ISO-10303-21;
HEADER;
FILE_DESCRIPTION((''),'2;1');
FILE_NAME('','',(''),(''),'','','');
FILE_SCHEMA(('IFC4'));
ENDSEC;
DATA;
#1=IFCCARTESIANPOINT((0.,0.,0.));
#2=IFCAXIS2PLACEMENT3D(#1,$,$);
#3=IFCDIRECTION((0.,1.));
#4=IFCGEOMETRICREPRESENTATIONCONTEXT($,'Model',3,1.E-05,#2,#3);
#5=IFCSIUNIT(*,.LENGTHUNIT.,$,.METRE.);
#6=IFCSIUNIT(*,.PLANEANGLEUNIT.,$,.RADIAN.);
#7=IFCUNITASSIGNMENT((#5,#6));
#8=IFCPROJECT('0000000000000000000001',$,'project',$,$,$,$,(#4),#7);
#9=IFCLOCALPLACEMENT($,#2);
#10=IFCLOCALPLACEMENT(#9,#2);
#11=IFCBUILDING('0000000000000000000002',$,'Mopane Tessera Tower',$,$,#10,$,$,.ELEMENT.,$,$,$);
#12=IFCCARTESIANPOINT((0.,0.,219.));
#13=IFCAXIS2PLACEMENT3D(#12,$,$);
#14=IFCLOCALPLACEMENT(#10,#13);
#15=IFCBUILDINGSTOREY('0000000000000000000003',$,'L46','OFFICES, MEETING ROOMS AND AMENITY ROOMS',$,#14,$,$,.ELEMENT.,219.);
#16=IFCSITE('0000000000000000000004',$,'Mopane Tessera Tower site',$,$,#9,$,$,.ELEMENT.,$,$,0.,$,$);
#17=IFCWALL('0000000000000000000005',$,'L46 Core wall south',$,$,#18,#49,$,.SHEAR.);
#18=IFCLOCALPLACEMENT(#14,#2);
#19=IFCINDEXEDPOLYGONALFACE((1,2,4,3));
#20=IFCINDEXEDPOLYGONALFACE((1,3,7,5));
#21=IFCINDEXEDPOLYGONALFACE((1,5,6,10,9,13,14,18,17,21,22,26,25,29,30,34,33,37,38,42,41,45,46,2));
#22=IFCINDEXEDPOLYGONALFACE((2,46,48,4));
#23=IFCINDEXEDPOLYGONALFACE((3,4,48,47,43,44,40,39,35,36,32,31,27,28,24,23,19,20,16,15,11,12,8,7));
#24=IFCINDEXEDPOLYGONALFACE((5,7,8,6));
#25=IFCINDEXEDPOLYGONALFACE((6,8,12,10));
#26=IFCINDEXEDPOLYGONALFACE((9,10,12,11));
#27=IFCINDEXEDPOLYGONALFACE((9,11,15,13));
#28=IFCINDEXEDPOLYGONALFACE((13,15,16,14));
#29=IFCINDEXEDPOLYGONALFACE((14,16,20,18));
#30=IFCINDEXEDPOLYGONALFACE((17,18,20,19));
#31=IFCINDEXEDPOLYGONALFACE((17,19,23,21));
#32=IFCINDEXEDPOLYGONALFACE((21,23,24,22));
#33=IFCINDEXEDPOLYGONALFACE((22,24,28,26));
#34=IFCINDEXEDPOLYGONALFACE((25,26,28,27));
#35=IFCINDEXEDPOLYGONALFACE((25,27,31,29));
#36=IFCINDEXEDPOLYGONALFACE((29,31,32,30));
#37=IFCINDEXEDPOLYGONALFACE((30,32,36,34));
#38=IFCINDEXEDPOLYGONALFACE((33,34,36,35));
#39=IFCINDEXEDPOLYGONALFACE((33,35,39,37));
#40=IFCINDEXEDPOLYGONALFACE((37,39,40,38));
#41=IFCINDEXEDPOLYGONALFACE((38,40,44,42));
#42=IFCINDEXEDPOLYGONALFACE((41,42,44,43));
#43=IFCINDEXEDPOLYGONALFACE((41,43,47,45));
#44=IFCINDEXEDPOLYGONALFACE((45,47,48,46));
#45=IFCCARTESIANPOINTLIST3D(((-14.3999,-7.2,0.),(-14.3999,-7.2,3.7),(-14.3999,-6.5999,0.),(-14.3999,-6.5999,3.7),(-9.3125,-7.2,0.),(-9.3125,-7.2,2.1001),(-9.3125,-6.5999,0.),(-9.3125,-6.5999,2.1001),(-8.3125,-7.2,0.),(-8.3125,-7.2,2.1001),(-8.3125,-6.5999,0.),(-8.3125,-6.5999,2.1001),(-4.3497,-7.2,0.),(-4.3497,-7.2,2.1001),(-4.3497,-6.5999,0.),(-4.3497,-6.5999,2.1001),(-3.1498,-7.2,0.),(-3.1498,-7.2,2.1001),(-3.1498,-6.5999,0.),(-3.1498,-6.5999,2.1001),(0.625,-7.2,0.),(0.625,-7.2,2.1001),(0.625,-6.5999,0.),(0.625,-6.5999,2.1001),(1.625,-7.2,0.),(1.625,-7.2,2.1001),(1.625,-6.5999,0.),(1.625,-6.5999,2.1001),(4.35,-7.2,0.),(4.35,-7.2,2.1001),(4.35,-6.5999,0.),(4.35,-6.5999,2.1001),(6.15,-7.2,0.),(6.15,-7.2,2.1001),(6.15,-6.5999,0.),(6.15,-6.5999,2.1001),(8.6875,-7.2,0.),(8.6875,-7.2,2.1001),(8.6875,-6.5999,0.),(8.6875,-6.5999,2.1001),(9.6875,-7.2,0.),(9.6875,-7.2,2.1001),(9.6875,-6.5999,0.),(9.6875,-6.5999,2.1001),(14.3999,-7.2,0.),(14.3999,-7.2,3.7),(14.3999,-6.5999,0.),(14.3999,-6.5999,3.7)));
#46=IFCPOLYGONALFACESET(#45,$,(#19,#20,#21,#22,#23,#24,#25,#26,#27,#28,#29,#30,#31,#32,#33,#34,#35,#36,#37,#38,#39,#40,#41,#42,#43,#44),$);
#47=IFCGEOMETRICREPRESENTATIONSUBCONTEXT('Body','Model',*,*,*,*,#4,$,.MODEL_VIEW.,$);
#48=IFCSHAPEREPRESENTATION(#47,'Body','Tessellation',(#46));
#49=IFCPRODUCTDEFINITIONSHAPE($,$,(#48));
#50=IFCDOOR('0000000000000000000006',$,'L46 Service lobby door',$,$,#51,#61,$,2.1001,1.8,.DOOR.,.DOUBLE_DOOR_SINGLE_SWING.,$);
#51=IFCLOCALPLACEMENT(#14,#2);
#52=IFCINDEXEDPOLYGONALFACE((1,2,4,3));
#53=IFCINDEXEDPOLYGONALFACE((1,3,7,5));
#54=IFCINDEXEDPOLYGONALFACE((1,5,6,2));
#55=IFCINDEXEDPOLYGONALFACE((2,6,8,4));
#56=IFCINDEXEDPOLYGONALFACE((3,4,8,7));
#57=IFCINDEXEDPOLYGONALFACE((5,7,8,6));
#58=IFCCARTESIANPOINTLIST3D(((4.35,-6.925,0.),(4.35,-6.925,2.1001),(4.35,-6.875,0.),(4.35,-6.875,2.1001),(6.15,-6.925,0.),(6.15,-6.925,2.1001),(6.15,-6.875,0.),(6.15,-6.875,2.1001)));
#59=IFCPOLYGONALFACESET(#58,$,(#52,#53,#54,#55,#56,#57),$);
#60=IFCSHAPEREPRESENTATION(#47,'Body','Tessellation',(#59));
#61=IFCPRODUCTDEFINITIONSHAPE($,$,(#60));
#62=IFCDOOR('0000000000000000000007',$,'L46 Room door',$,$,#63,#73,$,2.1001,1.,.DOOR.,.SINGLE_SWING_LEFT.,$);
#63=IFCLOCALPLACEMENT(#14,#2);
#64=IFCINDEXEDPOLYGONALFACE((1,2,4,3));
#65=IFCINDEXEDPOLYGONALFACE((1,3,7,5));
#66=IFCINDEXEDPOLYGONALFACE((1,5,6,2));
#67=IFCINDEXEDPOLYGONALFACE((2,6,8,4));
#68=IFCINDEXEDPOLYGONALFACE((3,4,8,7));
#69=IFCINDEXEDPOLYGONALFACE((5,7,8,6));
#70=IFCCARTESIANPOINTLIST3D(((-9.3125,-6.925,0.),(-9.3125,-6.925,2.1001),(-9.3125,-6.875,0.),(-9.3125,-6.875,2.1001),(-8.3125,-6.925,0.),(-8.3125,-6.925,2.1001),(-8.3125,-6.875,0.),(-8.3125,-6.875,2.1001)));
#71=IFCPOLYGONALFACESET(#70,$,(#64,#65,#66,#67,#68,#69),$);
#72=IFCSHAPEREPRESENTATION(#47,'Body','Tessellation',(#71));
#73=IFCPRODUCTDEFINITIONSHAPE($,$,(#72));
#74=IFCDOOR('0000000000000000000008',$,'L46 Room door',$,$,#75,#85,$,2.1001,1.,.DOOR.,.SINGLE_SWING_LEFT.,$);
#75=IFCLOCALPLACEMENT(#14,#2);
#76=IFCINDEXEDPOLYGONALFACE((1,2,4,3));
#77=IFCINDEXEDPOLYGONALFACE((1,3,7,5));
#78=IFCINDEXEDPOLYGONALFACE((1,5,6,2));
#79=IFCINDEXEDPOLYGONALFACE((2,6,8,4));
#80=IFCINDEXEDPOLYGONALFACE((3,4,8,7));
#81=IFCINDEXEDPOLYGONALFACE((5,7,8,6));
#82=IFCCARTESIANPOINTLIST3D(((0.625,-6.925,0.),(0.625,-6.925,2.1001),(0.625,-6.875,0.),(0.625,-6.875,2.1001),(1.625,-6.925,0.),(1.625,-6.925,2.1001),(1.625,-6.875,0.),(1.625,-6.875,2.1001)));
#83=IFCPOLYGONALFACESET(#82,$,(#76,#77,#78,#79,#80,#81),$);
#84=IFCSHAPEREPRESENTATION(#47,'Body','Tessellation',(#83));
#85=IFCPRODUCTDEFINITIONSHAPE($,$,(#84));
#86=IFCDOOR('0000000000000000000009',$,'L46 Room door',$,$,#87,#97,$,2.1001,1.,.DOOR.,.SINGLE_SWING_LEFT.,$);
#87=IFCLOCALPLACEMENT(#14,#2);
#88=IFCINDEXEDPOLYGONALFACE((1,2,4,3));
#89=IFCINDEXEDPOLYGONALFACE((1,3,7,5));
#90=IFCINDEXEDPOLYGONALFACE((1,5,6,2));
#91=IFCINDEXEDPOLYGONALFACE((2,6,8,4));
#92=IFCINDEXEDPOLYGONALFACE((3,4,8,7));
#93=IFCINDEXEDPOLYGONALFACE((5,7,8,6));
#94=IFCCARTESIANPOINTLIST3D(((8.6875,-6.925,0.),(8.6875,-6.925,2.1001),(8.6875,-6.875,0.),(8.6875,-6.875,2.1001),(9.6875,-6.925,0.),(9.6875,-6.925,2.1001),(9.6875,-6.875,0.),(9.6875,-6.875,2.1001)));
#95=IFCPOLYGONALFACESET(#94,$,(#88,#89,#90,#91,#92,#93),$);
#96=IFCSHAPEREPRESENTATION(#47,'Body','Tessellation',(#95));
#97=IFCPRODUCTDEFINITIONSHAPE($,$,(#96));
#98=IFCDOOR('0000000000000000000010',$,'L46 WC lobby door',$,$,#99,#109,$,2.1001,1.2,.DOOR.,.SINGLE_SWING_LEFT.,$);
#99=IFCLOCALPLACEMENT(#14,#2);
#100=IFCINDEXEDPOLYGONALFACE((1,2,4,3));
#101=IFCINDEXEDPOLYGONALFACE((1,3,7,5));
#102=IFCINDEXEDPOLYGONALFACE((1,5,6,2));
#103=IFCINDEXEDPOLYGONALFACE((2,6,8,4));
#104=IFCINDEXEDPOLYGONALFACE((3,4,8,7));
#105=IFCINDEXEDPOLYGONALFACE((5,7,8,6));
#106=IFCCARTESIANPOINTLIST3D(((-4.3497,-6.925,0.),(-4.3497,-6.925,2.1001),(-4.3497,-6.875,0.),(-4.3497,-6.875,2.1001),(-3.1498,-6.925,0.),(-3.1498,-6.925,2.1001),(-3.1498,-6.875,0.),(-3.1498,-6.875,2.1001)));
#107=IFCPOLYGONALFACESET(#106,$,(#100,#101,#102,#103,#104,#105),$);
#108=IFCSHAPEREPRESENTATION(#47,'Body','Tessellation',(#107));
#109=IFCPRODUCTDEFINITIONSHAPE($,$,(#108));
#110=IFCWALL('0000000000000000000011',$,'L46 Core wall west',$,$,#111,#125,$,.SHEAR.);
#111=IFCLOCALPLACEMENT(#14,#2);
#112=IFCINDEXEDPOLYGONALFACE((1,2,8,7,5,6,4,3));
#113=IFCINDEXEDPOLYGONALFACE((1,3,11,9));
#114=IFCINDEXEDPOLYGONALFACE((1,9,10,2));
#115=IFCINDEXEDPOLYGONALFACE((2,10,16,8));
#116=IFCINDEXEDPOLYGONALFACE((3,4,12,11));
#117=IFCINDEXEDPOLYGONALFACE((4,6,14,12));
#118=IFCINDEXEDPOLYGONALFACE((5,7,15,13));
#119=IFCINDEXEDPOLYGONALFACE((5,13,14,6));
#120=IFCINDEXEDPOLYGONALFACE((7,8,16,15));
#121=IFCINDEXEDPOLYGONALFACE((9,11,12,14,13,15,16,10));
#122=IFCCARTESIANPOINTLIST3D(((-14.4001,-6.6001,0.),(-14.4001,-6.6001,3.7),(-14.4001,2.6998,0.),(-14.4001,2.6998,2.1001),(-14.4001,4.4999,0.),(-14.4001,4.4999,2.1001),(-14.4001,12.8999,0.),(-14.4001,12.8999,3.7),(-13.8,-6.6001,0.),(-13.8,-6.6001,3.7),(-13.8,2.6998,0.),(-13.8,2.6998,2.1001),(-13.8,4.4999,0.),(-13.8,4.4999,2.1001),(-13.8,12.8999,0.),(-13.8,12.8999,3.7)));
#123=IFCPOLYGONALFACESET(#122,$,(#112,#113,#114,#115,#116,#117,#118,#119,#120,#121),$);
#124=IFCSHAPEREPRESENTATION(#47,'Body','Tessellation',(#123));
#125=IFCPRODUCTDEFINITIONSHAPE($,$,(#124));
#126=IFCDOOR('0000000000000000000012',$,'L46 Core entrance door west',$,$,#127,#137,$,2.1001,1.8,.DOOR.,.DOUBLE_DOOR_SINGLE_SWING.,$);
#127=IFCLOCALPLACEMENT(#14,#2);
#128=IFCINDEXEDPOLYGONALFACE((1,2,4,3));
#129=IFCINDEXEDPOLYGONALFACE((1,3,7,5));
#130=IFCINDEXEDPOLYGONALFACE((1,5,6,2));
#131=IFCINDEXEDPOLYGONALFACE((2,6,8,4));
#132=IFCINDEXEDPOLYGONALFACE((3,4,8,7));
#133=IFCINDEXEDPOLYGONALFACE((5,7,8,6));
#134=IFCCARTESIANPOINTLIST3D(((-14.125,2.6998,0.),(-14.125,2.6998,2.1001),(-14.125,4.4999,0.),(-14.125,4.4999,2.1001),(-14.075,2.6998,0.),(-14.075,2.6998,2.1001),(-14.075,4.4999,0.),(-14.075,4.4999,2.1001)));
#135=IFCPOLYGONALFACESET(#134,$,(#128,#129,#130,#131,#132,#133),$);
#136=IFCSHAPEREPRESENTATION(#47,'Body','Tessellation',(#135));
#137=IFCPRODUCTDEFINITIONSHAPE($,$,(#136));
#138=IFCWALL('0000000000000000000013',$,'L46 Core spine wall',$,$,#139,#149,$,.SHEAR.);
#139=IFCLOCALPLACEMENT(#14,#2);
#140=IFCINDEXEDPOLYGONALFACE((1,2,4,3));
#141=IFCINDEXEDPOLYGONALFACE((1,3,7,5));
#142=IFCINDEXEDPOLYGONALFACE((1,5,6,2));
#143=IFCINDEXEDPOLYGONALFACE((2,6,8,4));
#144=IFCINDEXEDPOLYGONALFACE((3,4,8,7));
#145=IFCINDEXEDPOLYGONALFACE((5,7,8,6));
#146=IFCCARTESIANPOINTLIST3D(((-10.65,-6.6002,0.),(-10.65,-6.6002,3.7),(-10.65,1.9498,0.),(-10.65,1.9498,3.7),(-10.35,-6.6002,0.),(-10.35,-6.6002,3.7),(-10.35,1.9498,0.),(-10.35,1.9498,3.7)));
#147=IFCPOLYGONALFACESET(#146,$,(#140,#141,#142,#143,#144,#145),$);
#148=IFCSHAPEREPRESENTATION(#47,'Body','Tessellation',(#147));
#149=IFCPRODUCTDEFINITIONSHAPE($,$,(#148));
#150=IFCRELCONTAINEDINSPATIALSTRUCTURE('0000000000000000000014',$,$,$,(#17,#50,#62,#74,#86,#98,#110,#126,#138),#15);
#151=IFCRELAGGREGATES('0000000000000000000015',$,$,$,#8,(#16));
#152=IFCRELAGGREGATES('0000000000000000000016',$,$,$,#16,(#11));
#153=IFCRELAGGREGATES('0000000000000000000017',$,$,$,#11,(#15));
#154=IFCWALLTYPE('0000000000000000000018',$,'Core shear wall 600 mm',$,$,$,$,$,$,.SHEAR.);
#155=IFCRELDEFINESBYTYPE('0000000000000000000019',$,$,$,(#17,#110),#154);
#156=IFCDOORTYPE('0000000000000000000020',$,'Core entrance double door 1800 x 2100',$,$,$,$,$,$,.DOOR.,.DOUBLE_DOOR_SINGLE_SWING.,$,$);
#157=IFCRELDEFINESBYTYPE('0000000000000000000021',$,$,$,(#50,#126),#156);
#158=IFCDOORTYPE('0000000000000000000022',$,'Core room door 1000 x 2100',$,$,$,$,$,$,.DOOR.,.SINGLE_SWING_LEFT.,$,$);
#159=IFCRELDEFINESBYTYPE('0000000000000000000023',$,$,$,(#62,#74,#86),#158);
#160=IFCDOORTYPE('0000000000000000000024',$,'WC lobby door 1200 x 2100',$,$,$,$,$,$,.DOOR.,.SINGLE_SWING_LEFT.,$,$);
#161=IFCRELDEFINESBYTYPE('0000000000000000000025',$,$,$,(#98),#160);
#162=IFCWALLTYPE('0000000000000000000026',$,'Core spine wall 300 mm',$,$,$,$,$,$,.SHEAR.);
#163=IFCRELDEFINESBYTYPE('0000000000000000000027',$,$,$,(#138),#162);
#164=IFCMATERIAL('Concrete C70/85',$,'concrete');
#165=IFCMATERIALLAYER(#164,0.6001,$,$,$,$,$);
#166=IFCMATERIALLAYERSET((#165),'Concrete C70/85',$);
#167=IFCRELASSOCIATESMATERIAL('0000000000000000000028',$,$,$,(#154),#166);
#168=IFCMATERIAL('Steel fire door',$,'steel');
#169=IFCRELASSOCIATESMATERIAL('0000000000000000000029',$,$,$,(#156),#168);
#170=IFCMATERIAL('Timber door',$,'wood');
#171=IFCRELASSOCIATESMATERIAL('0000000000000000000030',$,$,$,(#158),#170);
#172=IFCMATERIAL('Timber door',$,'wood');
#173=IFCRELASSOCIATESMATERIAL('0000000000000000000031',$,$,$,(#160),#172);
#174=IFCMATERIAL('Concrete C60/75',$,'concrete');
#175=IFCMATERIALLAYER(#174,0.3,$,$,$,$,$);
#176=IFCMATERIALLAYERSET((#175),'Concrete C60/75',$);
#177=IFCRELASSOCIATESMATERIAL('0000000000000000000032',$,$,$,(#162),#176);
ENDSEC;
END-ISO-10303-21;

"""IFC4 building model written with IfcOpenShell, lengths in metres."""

from ifc_helpers import new_model, si_unit, direction, frame, frame_2d, origin, place, context, subcontext, project, spatial, rectangle, extrude, material, layer, layer_set, type_object, element, fill, save


model = new_model("IFC4")

# Units and contexts
model_context = context("Model", 3, precision=1e-05, world=origin(), true_north=direction((0.0, 1.0)))
body_context = subcontext(model_context, "Body", "Model", "MODEL_VIEW")
ifc_project = project(units=[si_unit("LENGTHUNIT", "METRE"), si_unit("PLANEANGLEUNIT", "RADIAN")], contexts=[model_context])

# Site, building, storey
site_placement = place(None, origin())
site = spatial("IfcSite", under=ifc_project, at=site_placement, Name="Mopane Tessera Tower site", CompositionType="ELEMENT", RefElevation=0.0)
building_placement = place(site_placement, origin())
building = spatial("IfcBuilding", under=site, at=building_placement, Name="Mopane Tessera Tower", CompositionType="ELEMENT")
storey_placement = place(building_placement, frame((0.0, 0.0, 219.0)))
storey = spatial("IfcBuildingStorey", under=building, at=storey_placement, Name="L46", Description="OFFICES, MEETING ROOMS AND AMENITY ROOMS", CompositionType="ELEMENT", Elevation=219.0)

# Wall, openings, doors
ifc_material_1 = material(Name="Concrete C70/85", Category="concrete")
ifc_layer_1 = layer(ifc_material_1, 0.6001)
ifc_layer_set_1 = layer_set([ifc_layer_1], Name="Concrete C70/85")
wall_type_1 = type_object("IfcWallType", Name="Core shear wall 600 mm", PredefinedType="SHEAR", material=ifc_layer_set_1)
wall_1_placement = place(storey_placement, frame((-14.3999, -6.8999, 0.0), z_axis=(0.0, 0.0, 1.0), x_axis=(1.0, 0.0, 0.0)))
wall_1 = element("IfcWall", 1, at=wall_1_placement, inside=storey, type_object=wall_type_1, Name="L46 Core wall south", PredefinedType="SHEAR", context=body_context, shape_type="SweptSolid", body=[
    extrude(rectangle(XDim=28.7998, YDim=0.6001, at=frame_2d((14.3999, 0.0))), origin(), (0.0, 0.0, 1.0), 3.7),
])
opening_1_placement = place(wall_1_placement, frame((5.0874, 0.0, 0.0)))
opening_1 = element("IfcOpeningElement", 2, at=opening_1_placement, cuts=wall_1, PredefinedType="OPENING", context=body_context, shape_type="SweptSolid", body=[
    extrude(rectangle(XDim=1.0, YDim=2.1001, at=frame_2d((0.5, 1.05))), frame((0.0, 0.312, 0.0), z_axis=(0.0, -1.0, 0.0), x_axis=(1.0, 0.0, 0.0)), (0.0, 0.0, 1.0), 0.624),
])
opening_2_placement = place(wall_1_placement, frame((10.05, 0.0, 0.0)))
opening_2 = element("IfcOpeningElement", 3, at=opening_2_placement, cuts=wall_1, PredefinedType="OPENING", context=body_context, shape_type="SweptSolid", body=[
    extrude(rectangle(XDim=1.2, YDim=2.1001, at=frame_2d((0.6001, 1.05))), frame((0.0, 0.312, 0.0), z_axis=(0.0, -1.0, 0.0), x_axis=(1.0, 0.0, 0.0)), (0.0, 0.0, 1.0), 0.624),
])
opening_3_placement = place(wall_1_placement, frame((15.0249, 0.0, 0.0)))
opening_3 = element("IfcOpeningElement", 4, at=opening_3_placement, cuts=wall_1, PredefinedType="OPENING", context=body_context, shape_type="SweptSolid", body=[
    extrude(rectangle(XDim=1.0, YDim=2.1001, at=frame_2d((0.5, 1.05))), frame((0.0, 0.312, 0.0), z_axis=(0.0, -1.0, 0.0), x_axis=(1.0, 0.0, 0.0)), (0.0, 0.0, 1.0), 0.624),
])
opening_4_placement = place(wall_1_placement, frame((18.75, 0.0, 0.0)))
opening_4 = element("IfcOpeningElement", 5, at=opening_4_placement, cuts=wall_1, PredefinedType="OPENING", context=body_context, shape_type="SweptSolid", body=[
    extrude(rectangle(XDim=1.8, YDim=2.1001, at=frame_2d((0.8999, 1.05))), frame((0.0, 0.312, 0.0), z_axis=(0.0, -1.0, 0.0), x_axis=(1.0, 0.0, 0.0)), (0.0, 0.0, 1.0), 0.624),
])
opening_5_placement = place(wall_1_placement, frame((23.0874, 0.0, 0.0)))
opening_5 = element("IfcOpeningElement", 6, at=opening_5_placement, cuts=wall_1, PredefinedType="OPENING", context=body_context, shape_type="SweptSolid", body=[
    extrude(rectangle(XDim=1.0, YDim=2.1001, at=frame_2d((0.5, 1.05))), frame((0.0, 0.312, 0.0), z_axis=(0.0, -1.0, 0.0), x_axis=(1.0, 0.0, 0.0)), (0.0, 0.0, 1.0), 0.624),
])
ifc_material_2 = material(Name="Steel fire door", Category="steel")
door_type_1 = type_object("IfcDoorType", Name="Core entrance double door 1800 x 2100", OperationType="DOUBLE_DOOR_SINGLE_SWING", PredefinedType="DOOR", material=ifc_material_2)
door_1_placement = place(opening_4_placement, origin())
door_1 = element("IfcDoor", 7, at=door_1_placement, inside=storey, type_object=door_type_1, Name="L46 Service lobby door", OperationType="DOUBLE_DOOR_SINGLE_SWING", OverallHeight=2.1001, OverallWidth=1.8, PredefinedType="DOOR", context=body_context, shape_type="SweptSolid", body=[
    extrude(rectangle(XDim=1.8, YDim=2.1001, at=frame_2d((0.8999, 1.05))), frame((0.0, 0.0249, 0.0), z_axis=(0.0, -1.0, 0.0), x_axis=(1.0, 0.0, 0.0)), (0.0, 0.0, 1.0), 0.05),
])
fill(opening_4, door_1)
ifc_material_3 = material(Name="Timber door", Category="wood")
door_type_2 = type_object("IfcDoorType", Name="Core room door 1000 x 2100", OperationType="SINGLE_SWING_LEFT", PredefinedType="DOOR", material=ifc_material_3)
door_2_placement = place(opening_1_placement, origin())
door_2 = element("IfcDoor", 8, at=door_2_placement, inside=storey, type_object=door_type_2, Name="L46 Room door", OperationType="SINGLE_SWING_LEFT", OverallHeight=2.1001, OverallWidth=1.0, PredefinedType="DOOR", context=body_context, shape_type="SweptSolid", body=[
    extrude(rectangle(XDim=1.0, YDim=2.1001, at=frame_2d((0.5, 1.05))), frame((0.0, 0.0249, 0.0), z_axis=(0.0, -1.0, 0.0), x_axis=(1.0, 0.0, 0.0)), (0.0, 0.0, 1.0), 0.05),
])
fill(opening_1, door_2)
door_3_placement = place(opening_3_placement, origin())
door_3 = element("IfcDoor", 9, at=door_3_placement, inside=storey, type_object=door_type_2, Name="L46 Room door", OperationType="SINGLE_SWING_LEFT", OverallHeight=2.1001, OverallWidth=1.0, PredefinedType="DOOR", context=body_context, shape_type="SweptSolid", body=[
    extrude(rectangle(XDim=1.0, YDim=2.1001, at=frame_2d((0.5, 1.05))), frame((0.0, 0.0249, 0.0), z_axis=(0.0, -1.0, 0.0), x_axis=(1.0, 0.0, 0.0)), (0.0, 0.0, 1.0), 0.05),
])
fill(opening_3, door_3)
door_4_placement = place(opening_5_placement, origin())
door_4 = element("IfcDoor", 10, at=door_4_placement, inside=storey, type_object=door_type_2, Name="L46 Room door", OperationType="SINGLE_SWING_LEFT", OverallHeight=2.1001, OverallWidth=1.0, PredefinedType="DOOR", context=body_context, shape_type="SweptSolid", body=[
    extrude(rectangle(XDim=1.0, YDim=2.1001, at=frame_2d((0.5, 1.05))), frame((0.0, 0.0249, 0.0), z_axis=(0.0, -1.0, 0.0), x_axis=(1.0, 0.0, 0.0)), (0.0, 0.0, 1.0), 0.05),
])
fill(opening_5, door_4)
ifc_material_4 = material(Name="Timber door", Category="wood")
door_type_3 = type_object("IfcDoorType", Name="WC lobby door 1200 x 2100", OperationType="SINGLE_SWING_LEFT", PredefinedType="DOOR", material=ifc_material_4)
door_5_placement = place(opening_2_placement, origin())
door_5 = element("IfcDoor", 11, at=door_5_placement, inside=storey, type_object=door_type_3, Name="L46 WC lobby door", OperationType="SINGLE_SWING_LEFT", OverallHeight=2.1001, OverallWidth=1.2, PredefinedType="DOOR", context=body_context, shape_type="SweptSolid", body=[
    extrude(rectangle(XDim=1.2, YDim=2.1001, at=frame_2d((0.6001, 1.05))), frame((0.0, 0.0249, 0.0), z_axis=(0.0, -1.0, 0.0), x_axis=(1.0, 0.0, 0.0)), (0.0, 0.0, 1.0), 0.05),
])
fill(opening_2, door_5)

# Wall, opening, door
wall_2_placement = place(storey_placement, frame((-14.1001, -6.6001, 0.0), z_axis=(0.0, 0.0, 1.0), x_axis=(0.0, 1.0, 0.0)))
wall_2 = element("IfcWall", 12, at=wall_2_placement, inside=storey, type_object=wall_type_1, Name="L46 Core wall west", PredefinedType="SHEAR", context=body_context, shape_type="SweptSolid", body=[
    extrude(rectangle(XDim=19.5, YDim=0.6001, at=frame_2d((9.75, 0.0))), origin(), (0.0, 0.0, 1.0), 3.7),
])
opening_6_placement = place(wall_2_placement, frame((9.3, 0.0, 0.0)))
opening_6 = element("IfcOpeningElement", 13, at=opening_6_placement, cuts=wall_2, PredefinedType="OPENING", context=body_context, shape_type="SweptSolid", body=[
    extrude(rectangle(XDim=1.8, YDim=2.1001, at=frame_2d((0.8999, 1.05))), frame((0.0, 0.312, 0.0), z_axis=(0.0, -1.0, 0.0), x_axis=(1.0, 0.0, 0.0)), (0.0, 0.0, 1.0), 0.624),
])
door_6_placement = place(opening_6_placement, origin())
door_6 = element("IfcDoor", 14, at=door_6_placement, inside=storey, type_object=door_type_1, Name="L46 Core entrance door west", OperationType="DOUBLE_DOOR_SINGLE_SWING", OverallHeight=2.1001, OverallWidth=1.8, PredefinedType="DOOR", context=body_context, shape_type="SweptSolid", body=[
    extrude(rectangle(XDim=1.8, YDim=2.1001, at=frame_2d((0.8999, 1.05))), frame((0.0, 0.0249, 0.0), z_axis=(0.0, -1.0, 0.0), x_axis=(1.0, 0.0, 0.0)), (0.0, 0.0, 1.0), 0.05),
])
fill(opening_6, door_6)

# Wall
ifc_material_5 = material(Name="Concrete C60/75", Category="concrete")
ifc_layer_2 = layer(ifc_material_5, 0.3)
ifc_layer_set_2 = layer_set([ifc_layer_2], Name="Concrete C60/75")
wall_type_2 = type_object("IfcWallType", Name="Core spine wall 300 mm", PredefinedType="SHEAR", material=ifc_layer_set_2)
wall_3_placement = place(storey_placement, frame((-10.5, -6.6001, 0.0), z_axis=(0.0, 0.0, 1.0), x_axis=(0.0, 1.0, 0.0)))
element("IfcWall", 15, at=wall_3_placement, inside=storey, type_object=wall_type_2, Name="L46 Core spine wall", PredefinedType="SHEAR", context=body_context, shape_type="SweptSolid", body=[
    extrude(rectangle(XDim=8.55, YDim=0.3, at=frame_2d((4.2749, 0.0))), origin(), (0.0, 0.0, 1.0), 3.7),
])

save(model, "model.ifc")
